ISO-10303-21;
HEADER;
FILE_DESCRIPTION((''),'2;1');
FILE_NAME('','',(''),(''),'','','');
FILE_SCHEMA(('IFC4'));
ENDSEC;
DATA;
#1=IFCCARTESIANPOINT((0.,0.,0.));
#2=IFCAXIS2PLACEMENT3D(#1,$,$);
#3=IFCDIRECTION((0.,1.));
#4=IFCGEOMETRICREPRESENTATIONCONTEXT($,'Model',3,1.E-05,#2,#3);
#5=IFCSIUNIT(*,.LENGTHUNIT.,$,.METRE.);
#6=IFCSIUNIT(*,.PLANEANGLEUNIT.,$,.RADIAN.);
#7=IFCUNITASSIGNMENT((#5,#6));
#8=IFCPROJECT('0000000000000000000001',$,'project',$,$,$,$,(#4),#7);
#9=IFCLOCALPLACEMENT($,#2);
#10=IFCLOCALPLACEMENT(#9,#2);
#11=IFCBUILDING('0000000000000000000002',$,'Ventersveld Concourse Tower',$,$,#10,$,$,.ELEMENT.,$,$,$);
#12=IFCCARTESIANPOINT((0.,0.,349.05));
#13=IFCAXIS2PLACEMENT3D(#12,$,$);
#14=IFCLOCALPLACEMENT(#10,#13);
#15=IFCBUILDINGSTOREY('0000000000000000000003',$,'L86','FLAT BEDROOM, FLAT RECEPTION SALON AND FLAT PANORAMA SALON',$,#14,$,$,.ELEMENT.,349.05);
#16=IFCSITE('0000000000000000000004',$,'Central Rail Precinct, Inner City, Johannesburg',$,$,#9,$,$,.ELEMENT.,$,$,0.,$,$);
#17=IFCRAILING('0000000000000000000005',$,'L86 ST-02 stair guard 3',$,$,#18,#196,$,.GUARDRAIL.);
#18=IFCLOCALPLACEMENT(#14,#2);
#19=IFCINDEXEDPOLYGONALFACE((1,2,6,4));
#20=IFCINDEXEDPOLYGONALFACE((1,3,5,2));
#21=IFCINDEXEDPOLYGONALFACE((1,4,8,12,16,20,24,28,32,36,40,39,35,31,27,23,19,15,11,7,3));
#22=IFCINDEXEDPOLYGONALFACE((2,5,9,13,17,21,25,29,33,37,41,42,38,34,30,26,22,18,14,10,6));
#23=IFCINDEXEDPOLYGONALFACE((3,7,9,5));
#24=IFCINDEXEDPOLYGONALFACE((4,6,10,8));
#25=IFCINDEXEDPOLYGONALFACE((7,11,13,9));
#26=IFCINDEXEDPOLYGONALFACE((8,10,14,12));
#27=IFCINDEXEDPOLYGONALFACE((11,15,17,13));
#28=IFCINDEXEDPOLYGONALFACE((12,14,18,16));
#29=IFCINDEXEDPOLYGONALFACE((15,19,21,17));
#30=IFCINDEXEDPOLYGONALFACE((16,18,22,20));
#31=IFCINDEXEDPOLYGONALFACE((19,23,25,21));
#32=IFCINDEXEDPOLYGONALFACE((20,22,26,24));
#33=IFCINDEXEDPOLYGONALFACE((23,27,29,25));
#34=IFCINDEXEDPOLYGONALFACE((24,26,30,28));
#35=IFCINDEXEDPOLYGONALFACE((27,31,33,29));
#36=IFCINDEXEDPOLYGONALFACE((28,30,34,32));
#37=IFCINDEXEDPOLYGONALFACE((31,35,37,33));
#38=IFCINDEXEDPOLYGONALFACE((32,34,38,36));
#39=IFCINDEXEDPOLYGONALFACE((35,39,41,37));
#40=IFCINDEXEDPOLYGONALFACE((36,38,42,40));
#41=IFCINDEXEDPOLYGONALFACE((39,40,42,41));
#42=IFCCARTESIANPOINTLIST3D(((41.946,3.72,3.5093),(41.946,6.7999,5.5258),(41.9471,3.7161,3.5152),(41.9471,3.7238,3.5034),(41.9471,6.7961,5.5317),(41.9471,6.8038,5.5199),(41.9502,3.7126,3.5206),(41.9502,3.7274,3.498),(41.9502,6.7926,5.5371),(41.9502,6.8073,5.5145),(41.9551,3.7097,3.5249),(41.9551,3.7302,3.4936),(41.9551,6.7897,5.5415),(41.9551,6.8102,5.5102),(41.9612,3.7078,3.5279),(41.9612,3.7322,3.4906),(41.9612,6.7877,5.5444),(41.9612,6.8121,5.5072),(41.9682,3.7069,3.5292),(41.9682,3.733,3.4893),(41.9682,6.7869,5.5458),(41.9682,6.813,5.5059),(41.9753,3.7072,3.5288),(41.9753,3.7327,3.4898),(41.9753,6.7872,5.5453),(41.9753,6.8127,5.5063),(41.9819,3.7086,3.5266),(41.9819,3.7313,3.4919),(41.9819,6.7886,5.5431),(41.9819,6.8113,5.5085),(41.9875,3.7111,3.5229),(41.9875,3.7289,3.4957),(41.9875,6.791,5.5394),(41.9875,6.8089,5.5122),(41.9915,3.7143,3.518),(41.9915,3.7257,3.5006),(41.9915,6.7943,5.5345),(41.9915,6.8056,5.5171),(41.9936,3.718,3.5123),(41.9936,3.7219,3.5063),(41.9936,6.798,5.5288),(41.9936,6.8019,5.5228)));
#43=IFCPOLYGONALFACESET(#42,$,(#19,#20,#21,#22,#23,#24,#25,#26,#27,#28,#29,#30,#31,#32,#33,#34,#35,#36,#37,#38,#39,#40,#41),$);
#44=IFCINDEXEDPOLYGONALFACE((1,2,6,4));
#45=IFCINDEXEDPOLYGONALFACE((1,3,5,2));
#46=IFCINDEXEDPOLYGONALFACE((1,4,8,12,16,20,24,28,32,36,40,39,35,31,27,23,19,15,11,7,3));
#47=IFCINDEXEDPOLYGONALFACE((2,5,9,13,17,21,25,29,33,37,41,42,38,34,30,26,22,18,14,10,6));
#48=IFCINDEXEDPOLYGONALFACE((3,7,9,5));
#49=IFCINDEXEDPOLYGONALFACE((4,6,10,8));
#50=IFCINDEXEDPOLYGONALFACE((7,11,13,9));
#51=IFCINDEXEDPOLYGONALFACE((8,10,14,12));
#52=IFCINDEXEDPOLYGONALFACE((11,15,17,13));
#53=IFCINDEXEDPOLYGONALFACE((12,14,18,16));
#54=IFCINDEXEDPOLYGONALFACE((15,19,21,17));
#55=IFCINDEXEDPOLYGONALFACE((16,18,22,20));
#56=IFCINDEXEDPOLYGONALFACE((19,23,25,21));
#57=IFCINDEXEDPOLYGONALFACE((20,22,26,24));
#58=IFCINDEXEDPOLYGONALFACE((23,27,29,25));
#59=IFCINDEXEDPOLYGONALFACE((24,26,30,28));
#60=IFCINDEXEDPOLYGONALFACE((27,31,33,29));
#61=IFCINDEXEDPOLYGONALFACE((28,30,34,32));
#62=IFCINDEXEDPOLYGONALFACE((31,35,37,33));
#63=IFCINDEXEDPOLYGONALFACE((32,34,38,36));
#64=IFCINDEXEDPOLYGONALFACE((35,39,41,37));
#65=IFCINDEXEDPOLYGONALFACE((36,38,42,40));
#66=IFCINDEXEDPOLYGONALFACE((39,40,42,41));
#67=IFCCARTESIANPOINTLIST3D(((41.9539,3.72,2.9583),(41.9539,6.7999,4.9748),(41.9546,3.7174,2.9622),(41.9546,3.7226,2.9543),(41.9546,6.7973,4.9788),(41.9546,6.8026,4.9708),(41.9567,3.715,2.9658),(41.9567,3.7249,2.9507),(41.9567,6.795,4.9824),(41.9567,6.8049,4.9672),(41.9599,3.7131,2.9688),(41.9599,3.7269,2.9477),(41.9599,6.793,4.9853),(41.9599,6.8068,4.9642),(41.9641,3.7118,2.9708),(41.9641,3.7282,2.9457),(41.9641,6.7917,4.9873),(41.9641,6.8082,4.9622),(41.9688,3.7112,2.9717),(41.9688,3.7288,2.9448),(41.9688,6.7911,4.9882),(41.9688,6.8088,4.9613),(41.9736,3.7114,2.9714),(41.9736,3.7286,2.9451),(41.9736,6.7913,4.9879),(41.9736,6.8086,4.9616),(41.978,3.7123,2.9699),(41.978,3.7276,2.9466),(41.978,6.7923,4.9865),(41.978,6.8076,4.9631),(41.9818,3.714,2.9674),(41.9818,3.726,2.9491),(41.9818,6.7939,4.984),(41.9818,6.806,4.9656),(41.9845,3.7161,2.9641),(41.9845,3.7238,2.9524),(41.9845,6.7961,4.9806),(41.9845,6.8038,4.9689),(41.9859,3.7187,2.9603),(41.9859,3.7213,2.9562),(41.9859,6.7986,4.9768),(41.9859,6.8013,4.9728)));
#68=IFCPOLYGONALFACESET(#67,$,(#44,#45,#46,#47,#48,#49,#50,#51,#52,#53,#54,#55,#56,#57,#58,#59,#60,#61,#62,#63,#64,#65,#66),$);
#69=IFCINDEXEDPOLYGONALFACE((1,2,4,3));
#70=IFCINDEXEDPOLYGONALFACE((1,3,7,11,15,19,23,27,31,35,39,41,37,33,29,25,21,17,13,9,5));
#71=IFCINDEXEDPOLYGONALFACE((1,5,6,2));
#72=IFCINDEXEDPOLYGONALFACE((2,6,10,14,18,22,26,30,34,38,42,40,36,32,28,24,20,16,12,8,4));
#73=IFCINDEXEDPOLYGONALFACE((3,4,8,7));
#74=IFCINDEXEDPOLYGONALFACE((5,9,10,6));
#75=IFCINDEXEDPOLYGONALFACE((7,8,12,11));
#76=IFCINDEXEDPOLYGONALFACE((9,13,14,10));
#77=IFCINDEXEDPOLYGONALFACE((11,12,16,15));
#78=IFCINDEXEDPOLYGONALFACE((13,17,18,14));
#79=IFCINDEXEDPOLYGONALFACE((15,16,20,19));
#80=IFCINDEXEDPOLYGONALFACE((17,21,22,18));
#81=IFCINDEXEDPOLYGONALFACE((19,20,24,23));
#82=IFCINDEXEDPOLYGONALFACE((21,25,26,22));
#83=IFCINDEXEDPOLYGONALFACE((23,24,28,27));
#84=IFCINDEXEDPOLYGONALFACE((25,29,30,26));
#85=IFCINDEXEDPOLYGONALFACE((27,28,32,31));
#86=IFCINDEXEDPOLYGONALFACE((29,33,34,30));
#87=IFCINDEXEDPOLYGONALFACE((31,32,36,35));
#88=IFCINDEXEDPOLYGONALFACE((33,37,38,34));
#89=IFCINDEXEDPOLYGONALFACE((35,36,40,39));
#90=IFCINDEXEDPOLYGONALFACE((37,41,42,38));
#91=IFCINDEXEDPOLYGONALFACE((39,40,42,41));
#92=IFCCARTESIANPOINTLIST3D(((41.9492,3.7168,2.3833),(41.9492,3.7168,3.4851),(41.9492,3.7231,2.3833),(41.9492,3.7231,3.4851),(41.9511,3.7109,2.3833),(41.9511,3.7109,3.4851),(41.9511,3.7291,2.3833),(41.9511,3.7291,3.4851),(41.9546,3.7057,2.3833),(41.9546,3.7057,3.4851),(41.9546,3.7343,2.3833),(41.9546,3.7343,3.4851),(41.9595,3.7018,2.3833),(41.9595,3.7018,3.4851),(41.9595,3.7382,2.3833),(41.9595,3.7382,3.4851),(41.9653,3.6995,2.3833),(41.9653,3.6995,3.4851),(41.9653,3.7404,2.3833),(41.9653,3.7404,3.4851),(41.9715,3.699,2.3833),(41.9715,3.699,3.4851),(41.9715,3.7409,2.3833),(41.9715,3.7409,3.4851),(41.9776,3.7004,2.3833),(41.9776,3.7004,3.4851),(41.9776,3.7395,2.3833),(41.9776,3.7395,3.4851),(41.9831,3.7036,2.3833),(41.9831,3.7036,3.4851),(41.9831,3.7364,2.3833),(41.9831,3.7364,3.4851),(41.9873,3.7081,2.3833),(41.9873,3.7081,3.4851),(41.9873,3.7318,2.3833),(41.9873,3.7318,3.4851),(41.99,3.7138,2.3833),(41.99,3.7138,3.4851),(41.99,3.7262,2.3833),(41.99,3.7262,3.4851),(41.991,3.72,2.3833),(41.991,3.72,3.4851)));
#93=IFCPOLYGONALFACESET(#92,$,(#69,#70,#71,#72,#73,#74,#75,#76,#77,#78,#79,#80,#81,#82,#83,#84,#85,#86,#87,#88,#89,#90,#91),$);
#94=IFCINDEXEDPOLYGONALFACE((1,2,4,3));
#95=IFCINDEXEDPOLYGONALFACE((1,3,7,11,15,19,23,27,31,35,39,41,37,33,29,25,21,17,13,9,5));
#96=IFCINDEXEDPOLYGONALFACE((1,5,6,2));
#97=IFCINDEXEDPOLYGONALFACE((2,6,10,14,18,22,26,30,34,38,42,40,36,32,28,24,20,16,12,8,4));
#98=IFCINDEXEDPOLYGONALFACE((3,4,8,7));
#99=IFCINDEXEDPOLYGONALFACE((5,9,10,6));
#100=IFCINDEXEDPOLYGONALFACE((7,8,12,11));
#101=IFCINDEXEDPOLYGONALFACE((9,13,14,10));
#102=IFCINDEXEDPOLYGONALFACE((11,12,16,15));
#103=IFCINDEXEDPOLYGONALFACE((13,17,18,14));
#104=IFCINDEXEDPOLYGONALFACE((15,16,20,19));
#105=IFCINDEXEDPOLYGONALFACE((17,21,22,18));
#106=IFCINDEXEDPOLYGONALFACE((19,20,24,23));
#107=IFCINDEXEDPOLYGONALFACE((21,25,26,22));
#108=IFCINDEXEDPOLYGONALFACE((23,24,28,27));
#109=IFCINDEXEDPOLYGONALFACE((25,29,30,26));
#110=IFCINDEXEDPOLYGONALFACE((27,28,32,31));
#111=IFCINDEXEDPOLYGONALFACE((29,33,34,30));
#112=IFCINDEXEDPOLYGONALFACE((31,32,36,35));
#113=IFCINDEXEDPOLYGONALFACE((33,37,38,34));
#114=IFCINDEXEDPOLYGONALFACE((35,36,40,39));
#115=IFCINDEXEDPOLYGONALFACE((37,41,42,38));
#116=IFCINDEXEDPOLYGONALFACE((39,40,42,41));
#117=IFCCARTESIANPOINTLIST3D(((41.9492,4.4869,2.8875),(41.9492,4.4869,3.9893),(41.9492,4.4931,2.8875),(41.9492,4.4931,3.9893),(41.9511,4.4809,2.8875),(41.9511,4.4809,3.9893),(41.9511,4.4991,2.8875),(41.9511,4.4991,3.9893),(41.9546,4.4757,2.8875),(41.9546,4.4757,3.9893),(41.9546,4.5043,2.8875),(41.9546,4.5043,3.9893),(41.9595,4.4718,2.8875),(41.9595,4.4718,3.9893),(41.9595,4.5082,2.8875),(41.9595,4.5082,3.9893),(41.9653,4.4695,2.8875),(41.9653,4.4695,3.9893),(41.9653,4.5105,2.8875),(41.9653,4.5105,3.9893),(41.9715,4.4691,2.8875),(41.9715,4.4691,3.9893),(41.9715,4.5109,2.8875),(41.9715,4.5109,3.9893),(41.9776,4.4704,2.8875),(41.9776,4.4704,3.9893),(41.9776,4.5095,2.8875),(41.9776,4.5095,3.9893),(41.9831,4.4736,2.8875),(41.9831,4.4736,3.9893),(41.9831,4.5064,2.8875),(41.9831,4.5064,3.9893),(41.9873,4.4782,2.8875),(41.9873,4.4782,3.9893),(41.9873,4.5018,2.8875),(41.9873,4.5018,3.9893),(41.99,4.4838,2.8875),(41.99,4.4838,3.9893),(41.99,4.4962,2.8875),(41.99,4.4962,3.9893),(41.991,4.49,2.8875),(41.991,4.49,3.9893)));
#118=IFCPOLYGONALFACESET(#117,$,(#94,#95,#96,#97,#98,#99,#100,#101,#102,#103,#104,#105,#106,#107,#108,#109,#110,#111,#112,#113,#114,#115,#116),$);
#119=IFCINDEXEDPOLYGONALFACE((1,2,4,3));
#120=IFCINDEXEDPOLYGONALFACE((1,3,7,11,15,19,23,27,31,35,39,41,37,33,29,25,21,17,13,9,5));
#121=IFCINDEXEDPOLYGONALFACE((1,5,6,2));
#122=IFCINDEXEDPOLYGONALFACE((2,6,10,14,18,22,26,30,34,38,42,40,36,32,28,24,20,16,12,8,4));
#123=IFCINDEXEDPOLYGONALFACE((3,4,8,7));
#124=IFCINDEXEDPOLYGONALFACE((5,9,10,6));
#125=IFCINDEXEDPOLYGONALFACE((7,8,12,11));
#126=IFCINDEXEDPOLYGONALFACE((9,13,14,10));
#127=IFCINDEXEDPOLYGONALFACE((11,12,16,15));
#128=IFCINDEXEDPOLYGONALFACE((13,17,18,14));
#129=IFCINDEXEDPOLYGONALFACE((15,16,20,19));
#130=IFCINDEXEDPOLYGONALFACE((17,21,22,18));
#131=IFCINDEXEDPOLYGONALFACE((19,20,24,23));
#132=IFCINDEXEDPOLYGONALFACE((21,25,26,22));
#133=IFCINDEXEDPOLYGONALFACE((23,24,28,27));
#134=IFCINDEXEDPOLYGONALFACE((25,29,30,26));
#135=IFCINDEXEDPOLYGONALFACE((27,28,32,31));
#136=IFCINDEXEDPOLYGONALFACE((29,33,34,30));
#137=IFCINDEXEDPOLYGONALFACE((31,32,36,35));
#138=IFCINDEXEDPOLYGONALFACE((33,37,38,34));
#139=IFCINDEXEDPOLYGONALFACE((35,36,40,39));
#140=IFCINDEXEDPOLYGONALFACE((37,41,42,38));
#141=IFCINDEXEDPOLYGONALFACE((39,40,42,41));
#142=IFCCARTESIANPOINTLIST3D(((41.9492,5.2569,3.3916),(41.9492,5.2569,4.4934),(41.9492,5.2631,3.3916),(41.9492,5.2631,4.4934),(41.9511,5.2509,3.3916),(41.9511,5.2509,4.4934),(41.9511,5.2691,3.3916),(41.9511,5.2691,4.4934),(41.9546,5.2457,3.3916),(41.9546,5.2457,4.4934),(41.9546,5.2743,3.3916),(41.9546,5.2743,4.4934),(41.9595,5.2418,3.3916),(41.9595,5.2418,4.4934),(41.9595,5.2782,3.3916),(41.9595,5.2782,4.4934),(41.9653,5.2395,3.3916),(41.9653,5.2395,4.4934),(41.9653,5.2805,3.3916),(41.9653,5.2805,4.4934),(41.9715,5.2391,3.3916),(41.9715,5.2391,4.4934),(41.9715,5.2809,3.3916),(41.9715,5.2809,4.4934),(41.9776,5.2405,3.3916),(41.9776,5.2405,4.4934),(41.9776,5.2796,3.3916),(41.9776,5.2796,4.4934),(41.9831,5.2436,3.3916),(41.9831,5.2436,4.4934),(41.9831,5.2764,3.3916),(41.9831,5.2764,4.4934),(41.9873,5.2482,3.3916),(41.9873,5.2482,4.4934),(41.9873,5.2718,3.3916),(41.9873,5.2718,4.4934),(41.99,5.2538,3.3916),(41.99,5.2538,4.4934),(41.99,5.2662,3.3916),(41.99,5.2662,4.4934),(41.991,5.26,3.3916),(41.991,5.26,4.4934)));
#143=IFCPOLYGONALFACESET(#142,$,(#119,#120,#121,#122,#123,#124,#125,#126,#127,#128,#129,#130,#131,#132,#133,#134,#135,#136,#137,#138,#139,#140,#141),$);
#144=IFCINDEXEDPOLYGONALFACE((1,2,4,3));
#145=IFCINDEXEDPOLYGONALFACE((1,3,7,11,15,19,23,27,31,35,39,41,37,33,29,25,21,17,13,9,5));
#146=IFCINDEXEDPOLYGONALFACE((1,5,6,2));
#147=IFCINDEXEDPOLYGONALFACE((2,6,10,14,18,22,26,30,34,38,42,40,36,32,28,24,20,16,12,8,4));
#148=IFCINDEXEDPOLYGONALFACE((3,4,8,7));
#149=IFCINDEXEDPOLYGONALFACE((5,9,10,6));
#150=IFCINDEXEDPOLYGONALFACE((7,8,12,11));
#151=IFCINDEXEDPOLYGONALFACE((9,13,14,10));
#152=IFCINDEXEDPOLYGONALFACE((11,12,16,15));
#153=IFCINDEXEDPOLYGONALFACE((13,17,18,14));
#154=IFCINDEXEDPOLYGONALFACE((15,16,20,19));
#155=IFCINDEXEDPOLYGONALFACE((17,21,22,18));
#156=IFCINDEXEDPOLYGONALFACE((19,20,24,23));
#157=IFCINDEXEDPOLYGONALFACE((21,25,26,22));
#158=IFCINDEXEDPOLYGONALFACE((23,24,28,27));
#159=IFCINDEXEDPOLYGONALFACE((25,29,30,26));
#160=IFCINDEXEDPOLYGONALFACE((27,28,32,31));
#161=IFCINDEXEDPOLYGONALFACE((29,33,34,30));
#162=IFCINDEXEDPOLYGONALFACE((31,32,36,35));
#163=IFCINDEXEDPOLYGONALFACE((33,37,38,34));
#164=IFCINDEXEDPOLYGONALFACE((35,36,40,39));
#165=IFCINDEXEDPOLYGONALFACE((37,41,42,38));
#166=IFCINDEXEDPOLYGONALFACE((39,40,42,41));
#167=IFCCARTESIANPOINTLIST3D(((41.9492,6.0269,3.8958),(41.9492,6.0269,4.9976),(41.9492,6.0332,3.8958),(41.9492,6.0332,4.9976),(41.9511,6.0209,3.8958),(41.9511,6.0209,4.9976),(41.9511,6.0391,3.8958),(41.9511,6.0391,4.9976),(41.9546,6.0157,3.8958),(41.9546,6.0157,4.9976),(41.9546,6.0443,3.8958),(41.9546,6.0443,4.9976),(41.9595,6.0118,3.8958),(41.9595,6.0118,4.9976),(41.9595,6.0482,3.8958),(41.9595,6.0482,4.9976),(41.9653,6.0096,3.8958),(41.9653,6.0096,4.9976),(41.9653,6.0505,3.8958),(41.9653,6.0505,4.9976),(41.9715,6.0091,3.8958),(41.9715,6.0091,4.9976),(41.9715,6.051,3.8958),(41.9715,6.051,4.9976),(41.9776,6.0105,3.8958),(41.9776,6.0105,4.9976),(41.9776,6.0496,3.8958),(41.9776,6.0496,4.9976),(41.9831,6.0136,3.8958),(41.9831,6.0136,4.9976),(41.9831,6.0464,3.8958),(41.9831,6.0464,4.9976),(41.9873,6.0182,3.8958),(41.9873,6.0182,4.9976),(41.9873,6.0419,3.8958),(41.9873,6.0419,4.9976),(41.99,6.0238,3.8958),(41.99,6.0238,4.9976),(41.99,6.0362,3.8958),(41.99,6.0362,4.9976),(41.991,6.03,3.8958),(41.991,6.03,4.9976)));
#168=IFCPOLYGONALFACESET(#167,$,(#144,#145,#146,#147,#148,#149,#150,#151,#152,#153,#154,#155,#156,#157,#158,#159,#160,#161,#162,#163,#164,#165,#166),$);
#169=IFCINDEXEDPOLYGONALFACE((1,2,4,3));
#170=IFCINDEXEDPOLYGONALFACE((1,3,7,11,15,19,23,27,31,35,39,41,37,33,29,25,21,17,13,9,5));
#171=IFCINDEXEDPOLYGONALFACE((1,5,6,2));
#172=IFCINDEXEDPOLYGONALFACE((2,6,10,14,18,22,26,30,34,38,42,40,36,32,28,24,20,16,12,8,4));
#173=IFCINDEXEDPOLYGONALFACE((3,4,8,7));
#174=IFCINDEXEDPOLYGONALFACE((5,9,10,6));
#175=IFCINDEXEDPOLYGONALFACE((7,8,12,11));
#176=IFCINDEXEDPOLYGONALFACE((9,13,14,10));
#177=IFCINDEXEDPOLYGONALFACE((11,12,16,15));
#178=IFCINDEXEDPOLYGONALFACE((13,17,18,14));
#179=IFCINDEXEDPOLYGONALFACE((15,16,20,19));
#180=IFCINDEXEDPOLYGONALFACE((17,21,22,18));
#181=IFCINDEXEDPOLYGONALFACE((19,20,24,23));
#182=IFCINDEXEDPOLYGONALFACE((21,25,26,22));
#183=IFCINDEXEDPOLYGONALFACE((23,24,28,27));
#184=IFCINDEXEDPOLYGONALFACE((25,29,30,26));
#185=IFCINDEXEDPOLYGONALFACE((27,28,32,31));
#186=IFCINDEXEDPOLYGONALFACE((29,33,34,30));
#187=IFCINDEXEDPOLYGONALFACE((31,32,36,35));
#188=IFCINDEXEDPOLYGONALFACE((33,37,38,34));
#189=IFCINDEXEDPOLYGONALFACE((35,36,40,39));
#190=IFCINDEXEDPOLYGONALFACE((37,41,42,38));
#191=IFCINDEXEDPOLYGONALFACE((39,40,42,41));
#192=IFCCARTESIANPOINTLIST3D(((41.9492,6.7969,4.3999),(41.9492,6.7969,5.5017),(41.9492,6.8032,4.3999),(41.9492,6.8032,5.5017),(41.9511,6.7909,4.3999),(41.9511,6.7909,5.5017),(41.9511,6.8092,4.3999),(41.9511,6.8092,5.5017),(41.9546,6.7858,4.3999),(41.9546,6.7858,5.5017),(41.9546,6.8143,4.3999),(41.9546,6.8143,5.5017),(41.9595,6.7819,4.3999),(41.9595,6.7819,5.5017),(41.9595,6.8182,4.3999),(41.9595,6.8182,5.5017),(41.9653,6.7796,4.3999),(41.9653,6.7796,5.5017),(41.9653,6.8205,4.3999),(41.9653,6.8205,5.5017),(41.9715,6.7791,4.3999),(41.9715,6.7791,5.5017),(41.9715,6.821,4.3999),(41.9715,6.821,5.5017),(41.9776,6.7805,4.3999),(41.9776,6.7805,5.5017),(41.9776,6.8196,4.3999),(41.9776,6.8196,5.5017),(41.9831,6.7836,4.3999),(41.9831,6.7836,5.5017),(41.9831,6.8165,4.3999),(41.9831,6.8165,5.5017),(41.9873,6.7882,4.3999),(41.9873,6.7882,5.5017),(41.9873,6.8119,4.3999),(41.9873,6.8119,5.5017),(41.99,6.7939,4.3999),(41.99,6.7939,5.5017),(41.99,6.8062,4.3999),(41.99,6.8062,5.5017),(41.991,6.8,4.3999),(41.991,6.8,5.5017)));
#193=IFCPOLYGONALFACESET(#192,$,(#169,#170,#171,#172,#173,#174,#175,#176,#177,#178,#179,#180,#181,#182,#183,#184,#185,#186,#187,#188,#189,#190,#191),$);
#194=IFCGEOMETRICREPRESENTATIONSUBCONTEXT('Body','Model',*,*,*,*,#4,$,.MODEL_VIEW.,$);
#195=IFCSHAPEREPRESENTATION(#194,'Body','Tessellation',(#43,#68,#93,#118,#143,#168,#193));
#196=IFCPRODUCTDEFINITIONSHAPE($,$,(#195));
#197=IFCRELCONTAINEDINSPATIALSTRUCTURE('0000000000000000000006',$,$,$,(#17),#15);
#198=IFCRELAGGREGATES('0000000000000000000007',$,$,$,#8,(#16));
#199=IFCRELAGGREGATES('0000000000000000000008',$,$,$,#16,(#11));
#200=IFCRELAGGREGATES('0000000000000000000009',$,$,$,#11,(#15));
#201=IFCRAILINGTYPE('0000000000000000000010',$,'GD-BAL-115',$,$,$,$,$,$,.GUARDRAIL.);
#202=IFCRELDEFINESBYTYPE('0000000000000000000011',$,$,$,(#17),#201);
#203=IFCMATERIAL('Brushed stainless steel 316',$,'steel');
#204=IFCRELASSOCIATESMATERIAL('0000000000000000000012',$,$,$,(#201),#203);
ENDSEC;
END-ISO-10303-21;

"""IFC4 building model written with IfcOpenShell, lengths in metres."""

from ifc_helpers import new_model, si_unit, direction, frame, origin, origin_2d, place, context, subcontext, project, spatial, circle, extrude, material, type_object, element, save


model = new_model("IFC4")

# Units and contexts
model_context = context("Model", 3, precision=1e-05, world=origin(), true_north=direction((0.0, 1.0)))
body_context = subcontext(model_context, "Body", "Model", "MODEL_VIEW")
ifc_project = project(units=[si_unit("LENGTHUNIT", "METRE"), si_unit("PLANEANGLEUNIT", "RADIAN")], contexts=[model_context])

# Site, building, storey
site_placement = place(None, origin())
site = spatial("IfcSite", under=ifc_project, at=site_placement, Name="Central Rail Precinct, Inner City, Johannesburg", CompositionType="ELEMENT", RefElevation=0.0)
building_placement = place(site_placement, origin())
building = spatial("IfcBuilding", under=site, at=building_placement, Name="Ventersveld Concourse Tower", CompositionType="ELEMENT")
storey_placement = place(building_placement, frame((0.0, 0.0, 349.05)))
storey = spatial("IfcBuildingStorey", under=building, at=storey_placement, Name="L86", Description="FLAT BEDROOM, FLAT RECEPTION SALON AND FLAT PANORAMA SALON", CompositionType="ELEMENT", Elevation=349.05)

# Shared definitions
ifc_material_1 = material(Name="Brushed stainless steel 316", Category="steel")

# Railing
railing_type_1 = type_object("IfcRailingType", Name="GD-BAL-115", PredefinedType="GUARDRAIL", material=ifc_material_1)
railing_1_placement = place(storey_placement, frame((41.97, 3.72, 2.3833)))
element("IfcRailing", 1, at=railing_1_placement, inside=storey, type_object=railing_type_1, Name="L86 ST-02 stair guard 3", PredefinedType="GUARDRAIL", context=body_context, shape_type="SweptSolid", body=[
    extrude(circle(Radius=0.0239, at=origin_2d()), frame((0.0, 0.0, 1.126), z_axis=(0.0, 0.836633, 0.547764), x_axis=(-1.0, 0.0, 0.0)), (0.0, 0.0, 1.0), 3.6814),
    extrude(circle(Radius=0.0161, at=origin_2d()), frame((0.0, 0.0, 0.575), z_axis=(0.0, 0.836633, 0.547764), x_axis=(-1.0, 0.0, 0.0)), (0.0, 0.0, 1.0), 3.6814),
    extrude(circle(Radius=0.021, at=origin_2d()), origin(), (0.0, 0.0, 1.0), 1.1018),
    extrude(circle(Radius=0.021, at=origin_2d()), frame((0.0, 0.77, 0.5042)), (0.0, 0.0, 1.0), 1.1018),
    extrude(circle(Radius=0.021, at=origin_2d()), frame((0.0, 1.54, 1.0083)), (0.0, 0.0, 1.0), 1.1018),
    extrude(circle(Radius=0.021, at=origin_2d()), frame((0.0, 2.3101, 1.5125)), (0.0, 0.0, 1.0), 1.1018),
    extrude(circle(Radius=0.021, at=origin_2d()), frame((0.0, 3.0801, 2.0166)), (0.0, 0.0, 1.0), 1.1018),
])

save(model, "model.ifc")
